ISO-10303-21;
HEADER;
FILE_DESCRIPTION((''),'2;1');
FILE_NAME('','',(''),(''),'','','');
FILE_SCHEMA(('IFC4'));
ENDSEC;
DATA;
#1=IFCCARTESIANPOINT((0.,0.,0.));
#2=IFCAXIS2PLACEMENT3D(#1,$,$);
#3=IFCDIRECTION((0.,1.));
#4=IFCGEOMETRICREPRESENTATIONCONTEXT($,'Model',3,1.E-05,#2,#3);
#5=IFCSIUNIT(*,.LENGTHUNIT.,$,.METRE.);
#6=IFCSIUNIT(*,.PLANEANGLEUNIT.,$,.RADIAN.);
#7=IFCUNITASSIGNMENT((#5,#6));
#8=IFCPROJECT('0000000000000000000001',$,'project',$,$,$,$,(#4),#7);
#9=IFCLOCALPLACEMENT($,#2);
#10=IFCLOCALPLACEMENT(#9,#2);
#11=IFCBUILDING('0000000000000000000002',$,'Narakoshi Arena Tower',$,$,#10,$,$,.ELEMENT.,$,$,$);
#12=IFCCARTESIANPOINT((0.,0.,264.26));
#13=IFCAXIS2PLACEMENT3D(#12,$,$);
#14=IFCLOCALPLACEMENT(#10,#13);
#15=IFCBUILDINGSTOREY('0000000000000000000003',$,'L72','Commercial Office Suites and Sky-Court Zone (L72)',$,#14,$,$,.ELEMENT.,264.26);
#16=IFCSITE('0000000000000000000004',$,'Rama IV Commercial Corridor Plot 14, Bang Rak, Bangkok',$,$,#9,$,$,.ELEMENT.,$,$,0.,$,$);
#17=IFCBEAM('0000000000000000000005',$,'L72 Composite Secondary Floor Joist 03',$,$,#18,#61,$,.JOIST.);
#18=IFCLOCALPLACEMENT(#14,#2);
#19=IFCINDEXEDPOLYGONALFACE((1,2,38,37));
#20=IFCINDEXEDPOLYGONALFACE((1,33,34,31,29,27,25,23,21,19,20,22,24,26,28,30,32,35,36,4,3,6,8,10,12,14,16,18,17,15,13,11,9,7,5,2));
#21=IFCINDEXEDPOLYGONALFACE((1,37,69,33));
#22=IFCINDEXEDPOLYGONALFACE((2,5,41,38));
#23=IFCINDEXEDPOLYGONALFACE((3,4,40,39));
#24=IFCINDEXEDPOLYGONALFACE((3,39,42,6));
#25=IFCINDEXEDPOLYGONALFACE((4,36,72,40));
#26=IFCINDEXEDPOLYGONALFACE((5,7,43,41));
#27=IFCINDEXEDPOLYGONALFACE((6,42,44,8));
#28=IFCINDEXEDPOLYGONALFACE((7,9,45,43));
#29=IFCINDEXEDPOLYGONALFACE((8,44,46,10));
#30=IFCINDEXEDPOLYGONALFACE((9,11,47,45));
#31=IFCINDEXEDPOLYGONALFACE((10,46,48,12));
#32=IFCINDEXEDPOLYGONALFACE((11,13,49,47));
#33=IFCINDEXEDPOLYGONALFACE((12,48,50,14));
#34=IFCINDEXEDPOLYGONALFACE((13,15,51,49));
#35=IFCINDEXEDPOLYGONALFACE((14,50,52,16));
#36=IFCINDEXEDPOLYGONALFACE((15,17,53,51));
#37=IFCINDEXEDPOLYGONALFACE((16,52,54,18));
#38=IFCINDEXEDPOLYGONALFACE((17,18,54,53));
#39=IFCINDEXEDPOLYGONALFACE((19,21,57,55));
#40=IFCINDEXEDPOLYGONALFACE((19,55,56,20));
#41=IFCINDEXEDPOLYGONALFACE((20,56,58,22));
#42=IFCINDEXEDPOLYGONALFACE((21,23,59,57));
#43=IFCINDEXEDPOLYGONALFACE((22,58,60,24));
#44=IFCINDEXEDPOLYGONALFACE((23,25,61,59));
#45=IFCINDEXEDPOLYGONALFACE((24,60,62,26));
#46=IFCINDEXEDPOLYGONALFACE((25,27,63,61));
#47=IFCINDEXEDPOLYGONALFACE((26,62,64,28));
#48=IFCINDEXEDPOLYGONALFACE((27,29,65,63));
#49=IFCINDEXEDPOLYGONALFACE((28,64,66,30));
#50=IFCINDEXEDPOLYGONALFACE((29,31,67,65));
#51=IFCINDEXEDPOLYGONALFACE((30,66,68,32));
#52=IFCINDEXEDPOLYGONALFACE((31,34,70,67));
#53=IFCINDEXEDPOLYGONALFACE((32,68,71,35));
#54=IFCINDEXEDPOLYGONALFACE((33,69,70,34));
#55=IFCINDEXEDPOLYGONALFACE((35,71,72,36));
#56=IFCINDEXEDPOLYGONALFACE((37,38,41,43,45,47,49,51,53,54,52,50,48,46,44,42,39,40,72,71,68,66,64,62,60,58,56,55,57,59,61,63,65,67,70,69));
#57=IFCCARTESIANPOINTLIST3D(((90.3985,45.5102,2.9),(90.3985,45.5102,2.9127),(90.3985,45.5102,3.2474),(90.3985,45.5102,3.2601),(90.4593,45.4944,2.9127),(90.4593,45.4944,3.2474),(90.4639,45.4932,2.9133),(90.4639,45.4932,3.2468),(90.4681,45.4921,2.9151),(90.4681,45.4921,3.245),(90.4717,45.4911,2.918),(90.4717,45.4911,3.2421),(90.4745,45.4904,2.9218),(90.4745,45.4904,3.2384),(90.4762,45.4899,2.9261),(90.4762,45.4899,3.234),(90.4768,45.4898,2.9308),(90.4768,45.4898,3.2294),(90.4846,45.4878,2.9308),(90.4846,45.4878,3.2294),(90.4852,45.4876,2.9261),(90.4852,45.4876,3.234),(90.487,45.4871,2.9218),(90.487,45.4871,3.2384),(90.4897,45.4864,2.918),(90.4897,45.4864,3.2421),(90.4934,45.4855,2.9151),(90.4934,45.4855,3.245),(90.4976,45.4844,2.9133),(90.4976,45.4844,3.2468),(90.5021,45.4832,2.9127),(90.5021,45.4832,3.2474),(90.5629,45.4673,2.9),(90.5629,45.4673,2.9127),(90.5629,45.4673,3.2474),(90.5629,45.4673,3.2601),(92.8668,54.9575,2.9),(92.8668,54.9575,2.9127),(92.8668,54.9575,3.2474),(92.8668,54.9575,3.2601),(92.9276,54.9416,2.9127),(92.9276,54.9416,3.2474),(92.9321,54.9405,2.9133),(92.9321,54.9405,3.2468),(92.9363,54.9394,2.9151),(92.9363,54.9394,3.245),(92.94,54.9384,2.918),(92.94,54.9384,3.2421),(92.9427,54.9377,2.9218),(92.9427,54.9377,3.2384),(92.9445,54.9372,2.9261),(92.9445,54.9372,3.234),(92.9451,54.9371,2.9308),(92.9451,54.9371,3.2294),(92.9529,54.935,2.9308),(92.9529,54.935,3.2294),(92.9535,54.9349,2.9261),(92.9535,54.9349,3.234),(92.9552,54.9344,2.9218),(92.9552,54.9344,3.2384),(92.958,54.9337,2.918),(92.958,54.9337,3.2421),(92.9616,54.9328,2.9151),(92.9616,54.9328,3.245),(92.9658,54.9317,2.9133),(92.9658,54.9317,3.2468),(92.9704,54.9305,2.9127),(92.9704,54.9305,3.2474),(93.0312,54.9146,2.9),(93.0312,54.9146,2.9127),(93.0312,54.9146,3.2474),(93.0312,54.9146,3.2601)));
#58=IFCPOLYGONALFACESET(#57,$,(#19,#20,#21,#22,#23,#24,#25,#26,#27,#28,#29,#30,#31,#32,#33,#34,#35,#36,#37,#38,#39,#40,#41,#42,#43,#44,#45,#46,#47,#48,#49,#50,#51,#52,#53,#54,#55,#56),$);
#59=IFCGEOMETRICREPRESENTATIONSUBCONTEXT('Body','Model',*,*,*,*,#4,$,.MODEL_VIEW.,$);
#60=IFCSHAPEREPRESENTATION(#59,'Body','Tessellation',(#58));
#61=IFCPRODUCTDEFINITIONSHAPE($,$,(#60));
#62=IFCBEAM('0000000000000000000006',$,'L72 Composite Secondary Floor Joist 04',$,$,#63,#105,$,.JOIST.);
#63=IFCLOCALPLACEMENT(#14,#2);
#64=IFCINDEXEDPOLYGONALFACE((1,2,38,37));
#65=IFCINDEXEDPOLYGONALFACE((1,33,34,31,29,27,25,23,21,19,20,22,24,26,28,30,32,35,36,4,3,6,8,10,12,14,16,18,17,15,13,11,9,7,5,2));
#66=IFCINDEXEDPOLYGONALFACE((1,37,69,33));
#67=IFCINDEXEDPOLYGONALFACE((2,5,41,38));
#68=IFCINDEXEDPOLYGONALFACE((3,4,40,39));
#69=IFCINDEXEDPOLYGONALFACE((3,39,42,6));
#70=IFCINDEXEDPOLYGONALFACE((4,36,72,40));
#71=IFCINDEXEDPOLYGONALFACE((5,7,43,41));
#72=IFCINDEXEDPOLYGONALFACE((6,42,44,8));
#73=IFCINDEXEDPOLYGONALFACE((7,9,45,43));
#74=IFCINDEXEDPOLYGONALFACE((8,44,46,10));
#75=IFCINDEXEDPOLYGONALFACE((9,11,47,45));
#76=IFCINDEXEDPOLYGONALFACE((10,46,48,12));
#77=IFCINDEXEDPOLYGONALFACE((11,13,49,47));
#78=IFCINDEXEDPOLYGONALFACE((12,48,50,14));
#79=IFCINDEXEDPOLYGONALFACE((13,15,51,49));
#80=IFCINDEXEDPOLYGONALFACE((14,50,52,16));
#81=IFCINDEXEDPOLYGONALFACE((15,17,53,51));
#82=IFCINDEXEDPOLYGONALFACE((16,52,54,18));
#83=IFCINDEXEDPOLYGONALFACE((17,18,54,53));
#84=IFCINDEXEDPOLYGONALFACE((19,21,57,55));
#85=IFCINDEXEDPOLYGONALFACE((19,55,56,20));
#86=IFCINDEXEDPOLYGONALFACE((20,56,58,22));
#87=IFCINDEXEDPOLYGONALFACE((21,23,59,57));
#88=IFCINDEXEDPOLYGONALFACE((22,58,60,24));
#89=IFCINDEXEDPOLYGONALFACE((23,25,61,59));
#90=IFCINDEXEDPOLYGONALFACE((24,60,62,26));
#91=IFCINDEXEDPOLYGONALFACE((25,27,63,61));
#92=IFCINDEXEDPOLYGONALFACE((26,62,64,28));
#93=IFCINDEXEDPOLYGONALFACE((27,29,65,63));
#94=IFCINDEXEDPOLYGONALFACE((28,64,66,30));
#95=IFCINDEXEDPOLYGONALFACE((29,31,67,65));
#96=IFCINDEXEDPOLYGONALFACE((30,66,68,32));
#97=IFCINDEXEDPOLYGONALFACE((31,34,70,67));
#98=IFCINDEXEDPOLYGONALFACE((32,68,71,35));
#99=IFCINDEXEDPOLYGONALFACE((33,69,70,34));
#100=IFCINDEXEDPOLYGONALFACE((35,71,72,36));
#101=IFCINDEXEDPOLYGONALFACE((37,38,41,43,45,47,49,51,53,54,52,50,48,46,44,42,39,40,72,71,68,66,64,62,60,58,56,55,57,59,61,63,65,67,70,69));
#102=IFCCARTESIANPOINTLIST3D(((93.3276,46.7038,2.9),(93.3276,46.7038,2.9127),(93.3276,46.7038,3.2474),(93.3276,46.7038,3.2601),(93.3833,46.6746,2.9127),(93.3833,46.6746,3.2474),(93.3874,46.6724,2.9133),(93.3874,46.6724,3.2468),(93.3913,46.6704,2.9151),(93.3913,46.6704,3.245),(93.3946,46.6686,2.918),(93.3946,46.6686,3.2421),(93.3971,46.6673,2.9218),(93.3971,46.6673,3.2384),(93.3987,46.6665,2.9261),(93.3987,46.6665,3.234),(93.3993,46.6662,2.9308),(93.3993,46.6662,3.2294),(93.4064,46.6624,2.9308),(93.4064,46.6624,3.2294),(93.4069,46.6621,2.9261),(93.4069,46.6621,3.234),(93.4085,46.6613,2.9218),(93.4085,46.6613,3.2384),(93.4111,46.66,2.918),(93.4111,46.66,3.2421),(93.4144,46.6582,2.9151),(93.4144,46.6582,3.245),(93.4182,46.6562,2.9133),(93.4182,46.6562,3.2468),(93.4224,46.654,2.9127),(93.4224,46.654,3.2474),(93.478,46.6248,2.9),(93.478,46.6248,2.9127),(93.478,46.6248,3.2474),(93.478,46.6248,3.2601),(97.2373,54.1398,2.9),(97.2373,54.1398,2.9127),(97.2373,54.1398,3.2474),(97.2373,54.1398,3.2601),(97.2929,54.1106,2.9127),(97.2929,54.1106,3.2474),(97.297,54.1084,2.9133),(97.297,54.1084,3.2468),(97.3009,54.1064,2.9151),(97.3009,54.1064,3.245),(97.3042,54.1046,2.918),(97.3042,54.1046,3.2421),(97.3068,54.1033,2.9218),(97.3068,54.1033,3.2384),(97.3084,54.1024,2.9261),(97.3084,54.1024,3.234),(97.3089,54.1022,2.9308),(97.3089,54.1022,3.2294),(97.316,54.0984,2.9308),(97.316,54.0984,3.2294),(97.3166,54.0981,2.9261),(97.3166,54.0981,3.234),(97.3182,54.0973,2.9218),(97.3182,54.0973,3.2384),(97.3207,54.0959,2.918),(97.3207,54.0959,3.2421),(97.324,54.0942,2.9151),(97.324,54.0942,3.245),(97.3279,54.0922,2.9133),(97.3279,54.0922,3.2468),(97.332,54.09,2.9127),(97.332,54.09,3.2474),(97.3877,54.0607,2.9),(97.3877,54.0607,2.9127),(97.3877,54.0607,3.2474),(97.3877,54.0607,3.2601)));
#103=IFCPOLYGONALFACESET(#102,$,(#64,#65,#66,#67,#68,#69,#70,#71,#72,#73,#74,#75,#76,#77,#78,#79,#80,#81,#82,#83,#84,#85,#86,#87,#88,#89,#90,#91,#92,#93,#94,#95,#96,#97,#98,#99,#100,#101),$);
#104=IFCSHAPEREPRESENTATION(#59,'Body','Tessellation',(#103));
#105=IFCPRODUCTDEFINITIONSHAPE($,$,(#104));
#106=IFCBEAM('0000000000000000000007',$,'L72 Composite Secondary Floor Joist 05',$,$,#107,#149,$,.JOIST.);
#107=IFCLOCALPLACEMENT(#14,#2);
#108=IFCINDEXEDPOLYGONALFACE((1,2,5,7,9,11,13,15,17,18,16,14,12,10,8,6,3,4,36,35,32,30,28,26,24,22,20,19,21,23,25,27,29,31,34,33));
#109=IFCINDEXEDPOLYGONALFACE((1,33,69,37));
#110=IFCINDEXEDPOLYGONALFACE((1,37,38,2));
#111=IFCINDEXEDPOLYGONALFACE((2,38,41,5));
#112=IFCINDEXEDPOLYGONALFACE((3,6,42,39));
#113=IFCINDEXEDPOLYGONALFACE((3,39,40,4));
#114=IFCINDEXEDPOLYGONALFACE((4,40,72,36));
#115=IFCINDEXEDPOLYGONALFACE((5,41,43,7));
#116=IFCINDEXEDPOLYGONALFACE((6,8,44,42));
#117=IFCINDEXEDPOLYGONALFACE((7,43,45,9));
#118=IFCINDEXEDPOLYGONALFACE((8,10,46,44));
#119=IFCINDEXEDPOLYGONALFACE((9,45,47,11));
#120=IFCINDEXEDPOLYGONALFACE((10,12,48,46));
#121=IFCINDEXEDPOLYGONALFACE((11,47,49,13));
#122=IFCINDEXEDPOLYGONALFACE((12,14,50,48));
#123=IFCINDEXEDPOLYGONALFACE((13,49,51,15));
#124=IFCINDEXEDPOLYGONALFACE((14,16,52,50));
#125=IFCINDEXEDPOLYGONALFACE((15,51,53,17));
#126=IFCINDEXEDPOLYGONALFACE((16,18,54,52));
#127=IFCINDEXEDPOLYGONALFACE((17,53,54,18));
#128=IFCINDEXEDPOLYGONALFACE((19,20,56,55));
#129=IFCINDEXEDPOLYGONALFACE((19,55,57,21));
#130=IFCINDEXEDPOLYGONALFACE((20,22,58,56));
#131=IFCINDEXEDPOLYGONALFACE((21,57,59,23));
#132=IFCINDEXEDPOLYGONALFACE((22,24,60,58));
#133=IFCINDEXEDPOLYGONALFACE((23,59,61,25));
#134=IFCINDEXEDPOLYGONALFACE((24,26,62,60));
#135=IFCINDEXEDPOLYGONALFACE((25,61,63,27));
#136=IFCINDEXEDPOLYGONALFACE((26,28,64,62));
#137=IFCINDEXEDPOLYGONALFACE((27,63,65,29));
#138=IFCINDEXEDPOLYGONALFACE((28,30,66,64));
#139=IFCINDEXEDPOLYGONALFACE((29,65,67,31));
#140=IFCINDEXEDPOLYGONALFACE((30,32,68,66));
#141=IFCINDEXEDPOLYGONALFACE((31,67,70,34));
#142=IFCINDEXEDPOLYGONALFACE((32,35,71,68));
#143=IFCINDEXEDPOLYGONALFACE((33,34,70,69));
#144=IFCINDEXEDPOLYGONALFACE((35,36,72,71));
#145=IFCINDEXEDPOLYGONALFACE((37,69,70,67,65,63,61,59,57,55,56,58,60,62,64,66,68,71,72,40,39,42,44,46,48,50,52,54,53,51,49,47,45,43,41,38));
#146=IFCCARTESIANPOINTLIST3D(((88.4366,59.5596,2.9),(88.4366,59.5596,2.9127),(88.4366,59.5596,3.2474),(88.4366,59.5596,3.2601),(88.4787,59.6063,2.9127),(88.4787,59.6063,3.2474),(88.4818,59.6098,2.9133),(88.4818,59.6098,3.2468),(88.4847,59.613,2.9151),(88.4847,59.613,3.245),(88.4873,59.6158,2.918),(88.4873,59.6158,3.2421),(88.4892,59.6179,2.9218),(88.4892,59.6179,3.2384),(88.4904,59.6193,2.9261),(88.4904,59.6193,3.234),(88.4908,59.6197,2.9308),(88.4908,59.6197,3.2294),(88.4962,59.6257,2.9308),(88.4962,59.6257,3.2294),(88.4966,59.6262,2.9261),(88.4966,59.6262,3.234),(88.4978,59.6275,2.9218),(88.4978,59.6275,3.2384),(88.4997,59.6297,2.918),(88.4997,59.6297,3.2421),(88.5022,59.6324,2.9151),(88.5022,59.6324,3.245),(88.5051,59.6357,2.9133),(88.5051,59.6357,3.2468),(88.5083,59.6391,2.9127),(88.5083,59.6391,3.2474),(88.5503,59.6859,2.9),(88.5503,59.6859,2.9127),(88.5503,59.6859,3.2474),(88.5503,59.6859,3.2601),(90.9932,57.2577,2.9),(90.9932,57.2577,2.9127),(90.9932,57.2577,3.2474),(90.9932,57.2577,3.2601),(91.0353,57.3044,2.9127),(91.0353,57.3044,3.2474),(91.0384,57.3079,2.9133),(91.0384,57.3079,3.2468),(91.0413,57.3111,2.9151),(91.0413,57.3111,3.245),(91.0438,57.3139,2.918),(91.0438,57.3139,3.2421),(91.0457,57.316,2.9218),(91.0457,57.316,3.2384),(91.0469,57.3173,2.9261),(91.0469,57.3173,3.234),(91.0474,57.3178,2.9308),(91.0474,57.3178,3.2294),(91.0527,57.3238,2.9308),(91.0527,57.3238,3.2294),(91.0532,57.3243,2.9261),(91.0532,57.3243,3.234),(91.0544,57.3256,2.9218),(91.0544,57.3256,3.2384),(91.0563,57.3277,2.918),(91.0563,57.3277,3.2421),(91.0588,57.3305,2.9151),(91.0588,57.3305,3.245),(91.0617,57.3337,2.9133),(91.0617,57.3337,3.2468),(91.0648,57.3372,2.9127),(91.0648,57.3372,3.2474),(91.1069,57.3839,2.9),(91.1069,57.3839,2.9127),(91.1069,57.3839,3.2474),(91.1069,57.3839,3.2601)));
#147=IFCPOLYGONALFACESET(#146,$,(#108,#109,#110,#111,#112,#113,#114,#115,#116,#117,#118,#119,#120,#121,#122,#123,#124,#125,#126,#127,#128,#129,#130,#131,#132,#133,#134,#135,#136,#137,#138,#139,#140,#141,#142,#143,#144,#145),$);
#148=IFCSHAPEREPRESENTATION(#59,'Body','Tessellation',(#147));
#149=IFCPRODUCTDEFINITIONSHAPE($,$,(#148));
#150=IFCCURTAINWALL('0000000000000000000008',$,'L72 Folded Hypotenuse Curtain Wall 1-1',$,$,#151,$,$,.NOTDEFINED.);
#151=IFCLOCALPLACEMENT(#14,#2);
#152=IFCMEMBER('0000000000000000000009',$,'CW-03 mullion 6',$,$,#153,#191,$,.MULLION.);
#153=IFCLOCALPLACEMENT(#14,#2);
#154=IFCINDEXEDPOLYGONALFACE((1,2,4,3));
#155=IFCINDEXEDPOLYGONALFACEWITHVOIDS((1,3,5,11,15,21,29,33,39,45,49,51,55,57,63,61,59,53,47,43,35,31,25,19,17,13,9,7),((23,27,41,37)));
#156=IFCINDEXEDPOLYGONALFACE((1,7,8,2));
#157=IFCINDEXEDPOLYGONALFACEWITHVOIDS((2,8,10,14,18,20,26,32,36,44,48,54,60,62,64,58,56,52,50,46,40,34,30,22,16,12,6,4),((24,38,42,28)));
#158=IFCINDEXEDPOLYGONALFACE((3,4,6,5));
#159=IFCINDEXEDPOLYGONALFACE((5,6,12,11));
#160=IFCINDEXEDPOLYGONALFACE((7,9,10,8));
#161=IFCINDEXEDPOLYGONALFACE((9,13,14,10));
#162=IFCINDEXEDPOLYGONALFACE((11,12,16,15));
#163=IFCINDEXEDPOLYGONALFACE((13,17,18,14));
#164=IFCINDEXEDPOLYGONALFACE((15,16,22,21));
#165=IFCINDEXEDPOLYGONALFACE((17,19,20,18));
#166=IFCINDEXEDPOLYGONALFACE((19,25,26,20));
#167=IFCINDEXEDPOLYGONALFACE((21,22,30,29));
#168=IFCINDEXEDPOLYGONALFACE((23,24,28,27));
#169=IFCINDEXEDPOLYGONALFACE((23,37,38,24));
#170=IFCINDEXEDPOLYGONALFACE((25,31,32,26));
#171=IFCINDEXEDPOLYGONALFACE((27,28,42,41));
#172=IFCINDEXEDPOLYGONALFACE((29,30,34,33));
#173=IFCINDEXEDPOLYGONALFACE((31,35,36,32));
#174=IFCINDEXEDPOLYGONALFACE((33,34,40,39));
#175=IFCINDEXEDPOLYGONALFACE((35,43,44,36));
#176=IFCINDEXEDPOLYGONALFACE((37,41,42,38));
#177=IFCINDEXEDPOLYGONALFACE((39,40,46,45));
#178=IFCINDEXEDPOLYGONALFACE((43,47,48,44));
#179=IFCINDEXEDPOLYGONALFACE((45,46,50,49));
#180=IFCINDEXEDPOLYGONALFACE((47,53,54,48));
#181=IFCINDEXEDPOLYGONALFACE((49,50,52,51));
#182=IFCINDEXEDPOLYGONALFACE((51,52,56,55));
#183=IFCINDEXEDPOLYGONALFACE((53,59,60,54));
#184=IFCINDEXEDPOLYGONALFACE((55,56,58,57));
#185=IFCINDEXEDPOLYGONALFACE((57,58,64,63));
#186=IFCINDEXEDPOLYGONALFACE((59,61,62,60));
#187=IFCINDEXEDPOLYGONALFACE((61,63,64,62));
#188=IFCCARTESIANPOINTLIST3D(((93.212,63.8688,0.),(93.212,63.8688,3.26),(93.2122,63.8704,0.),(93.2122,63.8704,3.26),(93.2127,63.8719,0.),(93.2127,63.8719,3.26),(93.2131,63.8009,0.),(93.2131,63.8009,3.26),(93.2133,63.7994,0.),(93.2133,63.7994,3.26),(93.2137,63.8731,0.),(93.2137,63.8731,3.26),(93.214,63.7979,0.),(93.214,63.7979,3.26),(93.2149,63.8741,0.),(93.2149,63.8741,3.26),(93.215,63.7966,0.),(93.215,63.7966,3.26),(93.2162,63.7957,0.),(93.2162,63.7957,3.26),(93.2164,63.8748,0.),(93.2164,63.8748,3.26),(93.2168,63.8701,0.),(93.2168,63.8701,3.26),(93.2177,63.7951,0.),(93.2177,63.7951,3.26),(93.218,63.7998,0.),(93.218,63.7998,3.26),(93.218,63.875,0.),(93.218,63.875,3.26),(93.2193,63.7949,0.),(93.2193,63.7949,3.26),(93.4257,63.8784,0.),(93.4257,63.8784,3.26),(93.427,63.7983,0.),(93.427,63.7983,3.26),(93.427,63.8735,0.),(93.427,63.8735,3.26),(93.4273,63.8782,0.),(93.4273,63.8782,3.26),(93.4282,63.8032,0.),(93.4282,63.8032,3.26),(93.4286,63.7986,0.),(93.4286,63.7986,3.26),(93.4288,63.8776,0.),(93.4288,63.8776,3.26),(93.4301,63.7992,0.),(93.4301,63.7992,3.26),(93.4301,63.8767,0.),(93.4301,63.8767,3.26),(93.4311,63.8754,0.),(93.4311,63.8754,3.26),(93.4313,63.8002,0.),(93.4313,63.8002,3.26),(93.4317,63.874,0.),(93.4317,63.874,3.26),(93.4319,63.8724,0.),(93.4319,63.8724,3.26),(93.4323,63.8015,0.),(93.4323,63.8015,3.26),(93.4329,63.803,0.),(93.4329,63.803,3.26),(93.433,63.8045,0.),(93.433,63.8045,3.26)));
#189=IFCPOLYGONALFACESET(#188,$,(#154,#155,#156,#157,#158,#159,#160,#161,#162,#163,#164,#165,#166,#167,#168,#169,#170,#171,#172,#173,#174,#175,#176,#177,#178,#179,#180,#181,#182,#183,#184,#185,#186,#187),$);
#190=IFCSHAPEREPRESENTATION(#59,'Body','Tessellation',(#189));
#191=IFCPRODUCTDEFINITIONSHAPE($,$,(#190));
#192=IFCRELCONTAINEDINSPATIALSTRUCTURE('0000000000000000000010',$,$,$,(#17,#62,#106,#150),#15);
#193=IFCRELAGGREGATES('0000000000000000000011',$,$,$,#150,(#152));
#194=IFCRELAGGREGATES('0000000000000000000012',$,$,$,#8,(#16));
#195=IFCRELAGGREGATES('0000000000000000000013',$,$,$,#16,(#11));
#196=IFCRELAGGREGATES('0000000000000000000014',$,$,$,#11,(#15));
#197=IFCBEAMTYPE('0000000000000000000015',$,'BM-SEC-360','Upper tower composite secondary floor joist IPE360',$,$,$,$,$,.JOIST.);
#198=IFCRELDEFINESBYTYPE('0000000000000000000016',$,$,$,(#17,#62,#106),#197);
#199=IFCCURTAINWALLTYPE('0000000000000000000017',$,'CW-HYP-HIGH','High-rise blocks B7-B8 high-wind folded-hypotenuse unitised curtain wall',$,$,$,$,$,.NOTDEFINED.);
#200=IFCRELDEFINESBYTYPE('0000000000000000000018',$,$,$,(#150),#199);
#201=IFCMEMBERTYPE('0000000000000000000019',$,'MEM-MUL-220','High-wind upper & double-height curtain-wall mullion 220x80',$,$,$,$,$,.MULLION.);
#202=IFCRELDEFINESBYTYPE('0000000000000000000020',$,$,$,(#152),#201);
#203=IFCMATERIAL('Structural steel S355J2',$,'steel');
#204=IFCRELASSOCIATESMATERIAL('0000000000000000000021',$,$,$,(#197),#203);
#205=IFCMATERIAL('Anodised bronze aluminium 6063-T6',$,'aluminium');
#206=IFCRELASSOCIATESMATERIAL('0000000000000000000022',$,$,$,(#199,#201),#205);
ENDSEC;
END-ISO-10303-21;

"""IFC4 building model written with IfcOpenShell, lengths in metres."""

from ifc_helpers import new_model, si_unit, direction, frame, origin, origin_2d, place, context, subcontext, project, spatial, hollow_rectangle, i_section, extrude, material, material_profile, profile_set, type_object, element, aggregate, save


model = new_model("IFC4")

# Units and contexts
model_context = context("Model", 3, precision=1e-05, world=origin(), true_north=direction((0.0, 1.0)))
body_context = subcontext(model_context, "Body", "Model", "MODEL_VIEW")
ifc_project = project(units=[si_unit("LENGTHUNIT", "METRE"), si_unit("PLANEANGLEUNIT", "RADIAN")], contexts=[model_context])

# Site, building, storey
site_placement = place(None, origin())
site = spatial("IfcSite", under=ifc_project, at=site_placement, Name="Rama IV Commercial Corridor Plot 14, Bang Rak, Bangkok", CompositionType="ELEMENT", RefElevation=0.0)
building_placement = place(site_placement, origin())
building = spatial("IfcBuilding", under=site, at=building_placement, Name="Narakoshi Arena Tower", CompositionType="ELEMENT")
storey_placement = place(building_placement, frame((0.0, 0.0, 264.26)))
storey = spatial("IfcBuildingStorey", under=building, at=storey_placement, Name="L72", Description="Commercial Office Suites and Sky-Court Zone (L72)", CompositionType="ELEMENT", Elevation=264.26)

# Beams
ifc_material_1 = material(Name="Structural steel S355J2", Category="steel")
ifc_material_profile_1 = material_profile(ifc_material_1, i_section(OverallWidth=0.1699, OverallDepth=0.3601, WebThickness=0.0081, FlangeThickness=0.0127, FilletRadius=0.0181, at=origin_2d()), Name="IPE360")
ifc_profile_set_1 = profile_set([ifc_material_profile_1], Name="Structural steel S355J2")
beam_type_1 = type_object("IfcBeamType", Name="BM-SEC-360", Description="Upper tower composite secondary floor joist IPE360", PredefinedType="JOIST", material=ifc_profile_set_1)
beam_1_placement = place(storey_placement, frame((90.4807, 45.4888, 3.0801), z_axis=(0.252782, 0.967523, 0.0), x_axis=(-0.967523, 0.252782, 0.0)))
element("IfcBeam", 1, at=beam_1_placement, inside=storey, type_object=beam_type_1, Name="L72 Composite Secondary Floor Joist 03", PredefinedType="JOIST", context=body_context, shape_type="SweptSolid", body=[
    extrude(i_section(OverallWidth=0.1699, OverallDepth=0.3601, WebThickness=0.0081, FlangeThickness=0.0127, FilletRadius=0.0181, at=origin_2d()), origin(), (0.0, 0.0, 1.0), 9.7644),
])
beam_2_placement = place(storey_placement, frame((93.4028, 46.6643, 3.0801), z_axis=(0.46537, 0.885116, 0.0), x_axis=(-0.885116, 0.46537, 0.0)))
element("IfcBeam", 2, at=beam_2_placement, inside=storey, type_object=beam_type_1, Name="L72 Composite Secondary Floor Joist 04", PredefinedType="JOIST", context=body_context, shape_type="SweptSolid", body=[
    extrude(i_section(OverallWidth=0.1699, OverallDepth=0.3601, WebThickness=0.0081, FlangeThickness=0.0127, FilletRadius=0.0181, at=origin_2d()), origin(), (0.0, 0.0, 1.0), 8.4011),
])
beam_3_placement = place(storey_placement, frame((91.05, 57.3208, 3.0801), z_axis=(-0.743146, 0.669129, 0.0), x_axis=(-0.669129, -0.743146, 0.0)))
element("IfcBeam", 3, at=beam_3_placement, inside=storey, type_object=beam_type_1, Name="L72 Composite Secondary Floor Joist 05", PredefinedType="JOIST", context=body_context, shape_type="SweptSolid", body=[
    extrude(i_section(OverallWidth=0.1699, OverallDepth=0.3601, WebThickness=0.0081, FlangeThickness=0.0127, FilletRadius=0.0181, at=origin_2d()), origin(), (0.0, 0.0, 1.0), 3.4402),
])

# Curtain wall, member
ifc_material_2 = material(Name="Anodised bronze aluminium 6063-T6", Category="aluminium")
curtain_wall_type = type_object("IfcCurtainWallType", Name="CW-HYP-HIGH", Description="High-rise blocks B7-B8 high-wind folded-hypotenuse unitised curtain wall", PredefinedType="NOTDEFINED", material=ifc_material_2)
curtain_wall_placement = place(storey_placement, origin())
curtain_wall = element("IfcCurtainWall", 4, at=curtain_wall_placement, inside=storey, type_object=curtain_wall_type, Name="L72 Folded Hypotenuse Curtain Wall 1-1", PredefinedType="NOTDEFINED")
ifc_material_profile_2 = material_profile(ifc_material_2, hollow_rectangle(XDim=0.0801, YDim=0.22, WallThickness=0.0049, OuterFilletRadius=0.0061, at=origin_2d()), Name="MUL220x80x5")
ifc_profile_set_2 = profile_set([ifc_material_profile_2], Name="Anodised bronze aluminium 6063-T6")
member_type_1 = type_object("IfcMemberType", Name="MEM-MUL-220", Description="High-wind upper & double-height curtain-wall mullion 220x80", PredefinedType="MULLION", material=ifc_profile_set_2)
member_1_placement = place(storey_placement, frame((93.3225, 63.8367, 0.0), z_axis=(0.0, 0.0, 1.0), x_axis=(0.016443, -0.999865, 0.0)))
member_1 = element("IfcMember", 5, at=member_1_placement, type_object=member_type_1, Name="CW-03 mullion 6", PredefinedType="MULLION", context=body_context, shape_type="SweptSolid", body=[
    extrude(hollow_rectangle(XDim=0.0801, YDim=0.22, WallThickness=0.0049, OuterFilletRadius=0.0061, at=origin_2d()), origin(), (0.0, 0.0, 1.0), 3.26),
])
aggregate(curtain_wall, [member_1])

save(model, "model.ifc")
